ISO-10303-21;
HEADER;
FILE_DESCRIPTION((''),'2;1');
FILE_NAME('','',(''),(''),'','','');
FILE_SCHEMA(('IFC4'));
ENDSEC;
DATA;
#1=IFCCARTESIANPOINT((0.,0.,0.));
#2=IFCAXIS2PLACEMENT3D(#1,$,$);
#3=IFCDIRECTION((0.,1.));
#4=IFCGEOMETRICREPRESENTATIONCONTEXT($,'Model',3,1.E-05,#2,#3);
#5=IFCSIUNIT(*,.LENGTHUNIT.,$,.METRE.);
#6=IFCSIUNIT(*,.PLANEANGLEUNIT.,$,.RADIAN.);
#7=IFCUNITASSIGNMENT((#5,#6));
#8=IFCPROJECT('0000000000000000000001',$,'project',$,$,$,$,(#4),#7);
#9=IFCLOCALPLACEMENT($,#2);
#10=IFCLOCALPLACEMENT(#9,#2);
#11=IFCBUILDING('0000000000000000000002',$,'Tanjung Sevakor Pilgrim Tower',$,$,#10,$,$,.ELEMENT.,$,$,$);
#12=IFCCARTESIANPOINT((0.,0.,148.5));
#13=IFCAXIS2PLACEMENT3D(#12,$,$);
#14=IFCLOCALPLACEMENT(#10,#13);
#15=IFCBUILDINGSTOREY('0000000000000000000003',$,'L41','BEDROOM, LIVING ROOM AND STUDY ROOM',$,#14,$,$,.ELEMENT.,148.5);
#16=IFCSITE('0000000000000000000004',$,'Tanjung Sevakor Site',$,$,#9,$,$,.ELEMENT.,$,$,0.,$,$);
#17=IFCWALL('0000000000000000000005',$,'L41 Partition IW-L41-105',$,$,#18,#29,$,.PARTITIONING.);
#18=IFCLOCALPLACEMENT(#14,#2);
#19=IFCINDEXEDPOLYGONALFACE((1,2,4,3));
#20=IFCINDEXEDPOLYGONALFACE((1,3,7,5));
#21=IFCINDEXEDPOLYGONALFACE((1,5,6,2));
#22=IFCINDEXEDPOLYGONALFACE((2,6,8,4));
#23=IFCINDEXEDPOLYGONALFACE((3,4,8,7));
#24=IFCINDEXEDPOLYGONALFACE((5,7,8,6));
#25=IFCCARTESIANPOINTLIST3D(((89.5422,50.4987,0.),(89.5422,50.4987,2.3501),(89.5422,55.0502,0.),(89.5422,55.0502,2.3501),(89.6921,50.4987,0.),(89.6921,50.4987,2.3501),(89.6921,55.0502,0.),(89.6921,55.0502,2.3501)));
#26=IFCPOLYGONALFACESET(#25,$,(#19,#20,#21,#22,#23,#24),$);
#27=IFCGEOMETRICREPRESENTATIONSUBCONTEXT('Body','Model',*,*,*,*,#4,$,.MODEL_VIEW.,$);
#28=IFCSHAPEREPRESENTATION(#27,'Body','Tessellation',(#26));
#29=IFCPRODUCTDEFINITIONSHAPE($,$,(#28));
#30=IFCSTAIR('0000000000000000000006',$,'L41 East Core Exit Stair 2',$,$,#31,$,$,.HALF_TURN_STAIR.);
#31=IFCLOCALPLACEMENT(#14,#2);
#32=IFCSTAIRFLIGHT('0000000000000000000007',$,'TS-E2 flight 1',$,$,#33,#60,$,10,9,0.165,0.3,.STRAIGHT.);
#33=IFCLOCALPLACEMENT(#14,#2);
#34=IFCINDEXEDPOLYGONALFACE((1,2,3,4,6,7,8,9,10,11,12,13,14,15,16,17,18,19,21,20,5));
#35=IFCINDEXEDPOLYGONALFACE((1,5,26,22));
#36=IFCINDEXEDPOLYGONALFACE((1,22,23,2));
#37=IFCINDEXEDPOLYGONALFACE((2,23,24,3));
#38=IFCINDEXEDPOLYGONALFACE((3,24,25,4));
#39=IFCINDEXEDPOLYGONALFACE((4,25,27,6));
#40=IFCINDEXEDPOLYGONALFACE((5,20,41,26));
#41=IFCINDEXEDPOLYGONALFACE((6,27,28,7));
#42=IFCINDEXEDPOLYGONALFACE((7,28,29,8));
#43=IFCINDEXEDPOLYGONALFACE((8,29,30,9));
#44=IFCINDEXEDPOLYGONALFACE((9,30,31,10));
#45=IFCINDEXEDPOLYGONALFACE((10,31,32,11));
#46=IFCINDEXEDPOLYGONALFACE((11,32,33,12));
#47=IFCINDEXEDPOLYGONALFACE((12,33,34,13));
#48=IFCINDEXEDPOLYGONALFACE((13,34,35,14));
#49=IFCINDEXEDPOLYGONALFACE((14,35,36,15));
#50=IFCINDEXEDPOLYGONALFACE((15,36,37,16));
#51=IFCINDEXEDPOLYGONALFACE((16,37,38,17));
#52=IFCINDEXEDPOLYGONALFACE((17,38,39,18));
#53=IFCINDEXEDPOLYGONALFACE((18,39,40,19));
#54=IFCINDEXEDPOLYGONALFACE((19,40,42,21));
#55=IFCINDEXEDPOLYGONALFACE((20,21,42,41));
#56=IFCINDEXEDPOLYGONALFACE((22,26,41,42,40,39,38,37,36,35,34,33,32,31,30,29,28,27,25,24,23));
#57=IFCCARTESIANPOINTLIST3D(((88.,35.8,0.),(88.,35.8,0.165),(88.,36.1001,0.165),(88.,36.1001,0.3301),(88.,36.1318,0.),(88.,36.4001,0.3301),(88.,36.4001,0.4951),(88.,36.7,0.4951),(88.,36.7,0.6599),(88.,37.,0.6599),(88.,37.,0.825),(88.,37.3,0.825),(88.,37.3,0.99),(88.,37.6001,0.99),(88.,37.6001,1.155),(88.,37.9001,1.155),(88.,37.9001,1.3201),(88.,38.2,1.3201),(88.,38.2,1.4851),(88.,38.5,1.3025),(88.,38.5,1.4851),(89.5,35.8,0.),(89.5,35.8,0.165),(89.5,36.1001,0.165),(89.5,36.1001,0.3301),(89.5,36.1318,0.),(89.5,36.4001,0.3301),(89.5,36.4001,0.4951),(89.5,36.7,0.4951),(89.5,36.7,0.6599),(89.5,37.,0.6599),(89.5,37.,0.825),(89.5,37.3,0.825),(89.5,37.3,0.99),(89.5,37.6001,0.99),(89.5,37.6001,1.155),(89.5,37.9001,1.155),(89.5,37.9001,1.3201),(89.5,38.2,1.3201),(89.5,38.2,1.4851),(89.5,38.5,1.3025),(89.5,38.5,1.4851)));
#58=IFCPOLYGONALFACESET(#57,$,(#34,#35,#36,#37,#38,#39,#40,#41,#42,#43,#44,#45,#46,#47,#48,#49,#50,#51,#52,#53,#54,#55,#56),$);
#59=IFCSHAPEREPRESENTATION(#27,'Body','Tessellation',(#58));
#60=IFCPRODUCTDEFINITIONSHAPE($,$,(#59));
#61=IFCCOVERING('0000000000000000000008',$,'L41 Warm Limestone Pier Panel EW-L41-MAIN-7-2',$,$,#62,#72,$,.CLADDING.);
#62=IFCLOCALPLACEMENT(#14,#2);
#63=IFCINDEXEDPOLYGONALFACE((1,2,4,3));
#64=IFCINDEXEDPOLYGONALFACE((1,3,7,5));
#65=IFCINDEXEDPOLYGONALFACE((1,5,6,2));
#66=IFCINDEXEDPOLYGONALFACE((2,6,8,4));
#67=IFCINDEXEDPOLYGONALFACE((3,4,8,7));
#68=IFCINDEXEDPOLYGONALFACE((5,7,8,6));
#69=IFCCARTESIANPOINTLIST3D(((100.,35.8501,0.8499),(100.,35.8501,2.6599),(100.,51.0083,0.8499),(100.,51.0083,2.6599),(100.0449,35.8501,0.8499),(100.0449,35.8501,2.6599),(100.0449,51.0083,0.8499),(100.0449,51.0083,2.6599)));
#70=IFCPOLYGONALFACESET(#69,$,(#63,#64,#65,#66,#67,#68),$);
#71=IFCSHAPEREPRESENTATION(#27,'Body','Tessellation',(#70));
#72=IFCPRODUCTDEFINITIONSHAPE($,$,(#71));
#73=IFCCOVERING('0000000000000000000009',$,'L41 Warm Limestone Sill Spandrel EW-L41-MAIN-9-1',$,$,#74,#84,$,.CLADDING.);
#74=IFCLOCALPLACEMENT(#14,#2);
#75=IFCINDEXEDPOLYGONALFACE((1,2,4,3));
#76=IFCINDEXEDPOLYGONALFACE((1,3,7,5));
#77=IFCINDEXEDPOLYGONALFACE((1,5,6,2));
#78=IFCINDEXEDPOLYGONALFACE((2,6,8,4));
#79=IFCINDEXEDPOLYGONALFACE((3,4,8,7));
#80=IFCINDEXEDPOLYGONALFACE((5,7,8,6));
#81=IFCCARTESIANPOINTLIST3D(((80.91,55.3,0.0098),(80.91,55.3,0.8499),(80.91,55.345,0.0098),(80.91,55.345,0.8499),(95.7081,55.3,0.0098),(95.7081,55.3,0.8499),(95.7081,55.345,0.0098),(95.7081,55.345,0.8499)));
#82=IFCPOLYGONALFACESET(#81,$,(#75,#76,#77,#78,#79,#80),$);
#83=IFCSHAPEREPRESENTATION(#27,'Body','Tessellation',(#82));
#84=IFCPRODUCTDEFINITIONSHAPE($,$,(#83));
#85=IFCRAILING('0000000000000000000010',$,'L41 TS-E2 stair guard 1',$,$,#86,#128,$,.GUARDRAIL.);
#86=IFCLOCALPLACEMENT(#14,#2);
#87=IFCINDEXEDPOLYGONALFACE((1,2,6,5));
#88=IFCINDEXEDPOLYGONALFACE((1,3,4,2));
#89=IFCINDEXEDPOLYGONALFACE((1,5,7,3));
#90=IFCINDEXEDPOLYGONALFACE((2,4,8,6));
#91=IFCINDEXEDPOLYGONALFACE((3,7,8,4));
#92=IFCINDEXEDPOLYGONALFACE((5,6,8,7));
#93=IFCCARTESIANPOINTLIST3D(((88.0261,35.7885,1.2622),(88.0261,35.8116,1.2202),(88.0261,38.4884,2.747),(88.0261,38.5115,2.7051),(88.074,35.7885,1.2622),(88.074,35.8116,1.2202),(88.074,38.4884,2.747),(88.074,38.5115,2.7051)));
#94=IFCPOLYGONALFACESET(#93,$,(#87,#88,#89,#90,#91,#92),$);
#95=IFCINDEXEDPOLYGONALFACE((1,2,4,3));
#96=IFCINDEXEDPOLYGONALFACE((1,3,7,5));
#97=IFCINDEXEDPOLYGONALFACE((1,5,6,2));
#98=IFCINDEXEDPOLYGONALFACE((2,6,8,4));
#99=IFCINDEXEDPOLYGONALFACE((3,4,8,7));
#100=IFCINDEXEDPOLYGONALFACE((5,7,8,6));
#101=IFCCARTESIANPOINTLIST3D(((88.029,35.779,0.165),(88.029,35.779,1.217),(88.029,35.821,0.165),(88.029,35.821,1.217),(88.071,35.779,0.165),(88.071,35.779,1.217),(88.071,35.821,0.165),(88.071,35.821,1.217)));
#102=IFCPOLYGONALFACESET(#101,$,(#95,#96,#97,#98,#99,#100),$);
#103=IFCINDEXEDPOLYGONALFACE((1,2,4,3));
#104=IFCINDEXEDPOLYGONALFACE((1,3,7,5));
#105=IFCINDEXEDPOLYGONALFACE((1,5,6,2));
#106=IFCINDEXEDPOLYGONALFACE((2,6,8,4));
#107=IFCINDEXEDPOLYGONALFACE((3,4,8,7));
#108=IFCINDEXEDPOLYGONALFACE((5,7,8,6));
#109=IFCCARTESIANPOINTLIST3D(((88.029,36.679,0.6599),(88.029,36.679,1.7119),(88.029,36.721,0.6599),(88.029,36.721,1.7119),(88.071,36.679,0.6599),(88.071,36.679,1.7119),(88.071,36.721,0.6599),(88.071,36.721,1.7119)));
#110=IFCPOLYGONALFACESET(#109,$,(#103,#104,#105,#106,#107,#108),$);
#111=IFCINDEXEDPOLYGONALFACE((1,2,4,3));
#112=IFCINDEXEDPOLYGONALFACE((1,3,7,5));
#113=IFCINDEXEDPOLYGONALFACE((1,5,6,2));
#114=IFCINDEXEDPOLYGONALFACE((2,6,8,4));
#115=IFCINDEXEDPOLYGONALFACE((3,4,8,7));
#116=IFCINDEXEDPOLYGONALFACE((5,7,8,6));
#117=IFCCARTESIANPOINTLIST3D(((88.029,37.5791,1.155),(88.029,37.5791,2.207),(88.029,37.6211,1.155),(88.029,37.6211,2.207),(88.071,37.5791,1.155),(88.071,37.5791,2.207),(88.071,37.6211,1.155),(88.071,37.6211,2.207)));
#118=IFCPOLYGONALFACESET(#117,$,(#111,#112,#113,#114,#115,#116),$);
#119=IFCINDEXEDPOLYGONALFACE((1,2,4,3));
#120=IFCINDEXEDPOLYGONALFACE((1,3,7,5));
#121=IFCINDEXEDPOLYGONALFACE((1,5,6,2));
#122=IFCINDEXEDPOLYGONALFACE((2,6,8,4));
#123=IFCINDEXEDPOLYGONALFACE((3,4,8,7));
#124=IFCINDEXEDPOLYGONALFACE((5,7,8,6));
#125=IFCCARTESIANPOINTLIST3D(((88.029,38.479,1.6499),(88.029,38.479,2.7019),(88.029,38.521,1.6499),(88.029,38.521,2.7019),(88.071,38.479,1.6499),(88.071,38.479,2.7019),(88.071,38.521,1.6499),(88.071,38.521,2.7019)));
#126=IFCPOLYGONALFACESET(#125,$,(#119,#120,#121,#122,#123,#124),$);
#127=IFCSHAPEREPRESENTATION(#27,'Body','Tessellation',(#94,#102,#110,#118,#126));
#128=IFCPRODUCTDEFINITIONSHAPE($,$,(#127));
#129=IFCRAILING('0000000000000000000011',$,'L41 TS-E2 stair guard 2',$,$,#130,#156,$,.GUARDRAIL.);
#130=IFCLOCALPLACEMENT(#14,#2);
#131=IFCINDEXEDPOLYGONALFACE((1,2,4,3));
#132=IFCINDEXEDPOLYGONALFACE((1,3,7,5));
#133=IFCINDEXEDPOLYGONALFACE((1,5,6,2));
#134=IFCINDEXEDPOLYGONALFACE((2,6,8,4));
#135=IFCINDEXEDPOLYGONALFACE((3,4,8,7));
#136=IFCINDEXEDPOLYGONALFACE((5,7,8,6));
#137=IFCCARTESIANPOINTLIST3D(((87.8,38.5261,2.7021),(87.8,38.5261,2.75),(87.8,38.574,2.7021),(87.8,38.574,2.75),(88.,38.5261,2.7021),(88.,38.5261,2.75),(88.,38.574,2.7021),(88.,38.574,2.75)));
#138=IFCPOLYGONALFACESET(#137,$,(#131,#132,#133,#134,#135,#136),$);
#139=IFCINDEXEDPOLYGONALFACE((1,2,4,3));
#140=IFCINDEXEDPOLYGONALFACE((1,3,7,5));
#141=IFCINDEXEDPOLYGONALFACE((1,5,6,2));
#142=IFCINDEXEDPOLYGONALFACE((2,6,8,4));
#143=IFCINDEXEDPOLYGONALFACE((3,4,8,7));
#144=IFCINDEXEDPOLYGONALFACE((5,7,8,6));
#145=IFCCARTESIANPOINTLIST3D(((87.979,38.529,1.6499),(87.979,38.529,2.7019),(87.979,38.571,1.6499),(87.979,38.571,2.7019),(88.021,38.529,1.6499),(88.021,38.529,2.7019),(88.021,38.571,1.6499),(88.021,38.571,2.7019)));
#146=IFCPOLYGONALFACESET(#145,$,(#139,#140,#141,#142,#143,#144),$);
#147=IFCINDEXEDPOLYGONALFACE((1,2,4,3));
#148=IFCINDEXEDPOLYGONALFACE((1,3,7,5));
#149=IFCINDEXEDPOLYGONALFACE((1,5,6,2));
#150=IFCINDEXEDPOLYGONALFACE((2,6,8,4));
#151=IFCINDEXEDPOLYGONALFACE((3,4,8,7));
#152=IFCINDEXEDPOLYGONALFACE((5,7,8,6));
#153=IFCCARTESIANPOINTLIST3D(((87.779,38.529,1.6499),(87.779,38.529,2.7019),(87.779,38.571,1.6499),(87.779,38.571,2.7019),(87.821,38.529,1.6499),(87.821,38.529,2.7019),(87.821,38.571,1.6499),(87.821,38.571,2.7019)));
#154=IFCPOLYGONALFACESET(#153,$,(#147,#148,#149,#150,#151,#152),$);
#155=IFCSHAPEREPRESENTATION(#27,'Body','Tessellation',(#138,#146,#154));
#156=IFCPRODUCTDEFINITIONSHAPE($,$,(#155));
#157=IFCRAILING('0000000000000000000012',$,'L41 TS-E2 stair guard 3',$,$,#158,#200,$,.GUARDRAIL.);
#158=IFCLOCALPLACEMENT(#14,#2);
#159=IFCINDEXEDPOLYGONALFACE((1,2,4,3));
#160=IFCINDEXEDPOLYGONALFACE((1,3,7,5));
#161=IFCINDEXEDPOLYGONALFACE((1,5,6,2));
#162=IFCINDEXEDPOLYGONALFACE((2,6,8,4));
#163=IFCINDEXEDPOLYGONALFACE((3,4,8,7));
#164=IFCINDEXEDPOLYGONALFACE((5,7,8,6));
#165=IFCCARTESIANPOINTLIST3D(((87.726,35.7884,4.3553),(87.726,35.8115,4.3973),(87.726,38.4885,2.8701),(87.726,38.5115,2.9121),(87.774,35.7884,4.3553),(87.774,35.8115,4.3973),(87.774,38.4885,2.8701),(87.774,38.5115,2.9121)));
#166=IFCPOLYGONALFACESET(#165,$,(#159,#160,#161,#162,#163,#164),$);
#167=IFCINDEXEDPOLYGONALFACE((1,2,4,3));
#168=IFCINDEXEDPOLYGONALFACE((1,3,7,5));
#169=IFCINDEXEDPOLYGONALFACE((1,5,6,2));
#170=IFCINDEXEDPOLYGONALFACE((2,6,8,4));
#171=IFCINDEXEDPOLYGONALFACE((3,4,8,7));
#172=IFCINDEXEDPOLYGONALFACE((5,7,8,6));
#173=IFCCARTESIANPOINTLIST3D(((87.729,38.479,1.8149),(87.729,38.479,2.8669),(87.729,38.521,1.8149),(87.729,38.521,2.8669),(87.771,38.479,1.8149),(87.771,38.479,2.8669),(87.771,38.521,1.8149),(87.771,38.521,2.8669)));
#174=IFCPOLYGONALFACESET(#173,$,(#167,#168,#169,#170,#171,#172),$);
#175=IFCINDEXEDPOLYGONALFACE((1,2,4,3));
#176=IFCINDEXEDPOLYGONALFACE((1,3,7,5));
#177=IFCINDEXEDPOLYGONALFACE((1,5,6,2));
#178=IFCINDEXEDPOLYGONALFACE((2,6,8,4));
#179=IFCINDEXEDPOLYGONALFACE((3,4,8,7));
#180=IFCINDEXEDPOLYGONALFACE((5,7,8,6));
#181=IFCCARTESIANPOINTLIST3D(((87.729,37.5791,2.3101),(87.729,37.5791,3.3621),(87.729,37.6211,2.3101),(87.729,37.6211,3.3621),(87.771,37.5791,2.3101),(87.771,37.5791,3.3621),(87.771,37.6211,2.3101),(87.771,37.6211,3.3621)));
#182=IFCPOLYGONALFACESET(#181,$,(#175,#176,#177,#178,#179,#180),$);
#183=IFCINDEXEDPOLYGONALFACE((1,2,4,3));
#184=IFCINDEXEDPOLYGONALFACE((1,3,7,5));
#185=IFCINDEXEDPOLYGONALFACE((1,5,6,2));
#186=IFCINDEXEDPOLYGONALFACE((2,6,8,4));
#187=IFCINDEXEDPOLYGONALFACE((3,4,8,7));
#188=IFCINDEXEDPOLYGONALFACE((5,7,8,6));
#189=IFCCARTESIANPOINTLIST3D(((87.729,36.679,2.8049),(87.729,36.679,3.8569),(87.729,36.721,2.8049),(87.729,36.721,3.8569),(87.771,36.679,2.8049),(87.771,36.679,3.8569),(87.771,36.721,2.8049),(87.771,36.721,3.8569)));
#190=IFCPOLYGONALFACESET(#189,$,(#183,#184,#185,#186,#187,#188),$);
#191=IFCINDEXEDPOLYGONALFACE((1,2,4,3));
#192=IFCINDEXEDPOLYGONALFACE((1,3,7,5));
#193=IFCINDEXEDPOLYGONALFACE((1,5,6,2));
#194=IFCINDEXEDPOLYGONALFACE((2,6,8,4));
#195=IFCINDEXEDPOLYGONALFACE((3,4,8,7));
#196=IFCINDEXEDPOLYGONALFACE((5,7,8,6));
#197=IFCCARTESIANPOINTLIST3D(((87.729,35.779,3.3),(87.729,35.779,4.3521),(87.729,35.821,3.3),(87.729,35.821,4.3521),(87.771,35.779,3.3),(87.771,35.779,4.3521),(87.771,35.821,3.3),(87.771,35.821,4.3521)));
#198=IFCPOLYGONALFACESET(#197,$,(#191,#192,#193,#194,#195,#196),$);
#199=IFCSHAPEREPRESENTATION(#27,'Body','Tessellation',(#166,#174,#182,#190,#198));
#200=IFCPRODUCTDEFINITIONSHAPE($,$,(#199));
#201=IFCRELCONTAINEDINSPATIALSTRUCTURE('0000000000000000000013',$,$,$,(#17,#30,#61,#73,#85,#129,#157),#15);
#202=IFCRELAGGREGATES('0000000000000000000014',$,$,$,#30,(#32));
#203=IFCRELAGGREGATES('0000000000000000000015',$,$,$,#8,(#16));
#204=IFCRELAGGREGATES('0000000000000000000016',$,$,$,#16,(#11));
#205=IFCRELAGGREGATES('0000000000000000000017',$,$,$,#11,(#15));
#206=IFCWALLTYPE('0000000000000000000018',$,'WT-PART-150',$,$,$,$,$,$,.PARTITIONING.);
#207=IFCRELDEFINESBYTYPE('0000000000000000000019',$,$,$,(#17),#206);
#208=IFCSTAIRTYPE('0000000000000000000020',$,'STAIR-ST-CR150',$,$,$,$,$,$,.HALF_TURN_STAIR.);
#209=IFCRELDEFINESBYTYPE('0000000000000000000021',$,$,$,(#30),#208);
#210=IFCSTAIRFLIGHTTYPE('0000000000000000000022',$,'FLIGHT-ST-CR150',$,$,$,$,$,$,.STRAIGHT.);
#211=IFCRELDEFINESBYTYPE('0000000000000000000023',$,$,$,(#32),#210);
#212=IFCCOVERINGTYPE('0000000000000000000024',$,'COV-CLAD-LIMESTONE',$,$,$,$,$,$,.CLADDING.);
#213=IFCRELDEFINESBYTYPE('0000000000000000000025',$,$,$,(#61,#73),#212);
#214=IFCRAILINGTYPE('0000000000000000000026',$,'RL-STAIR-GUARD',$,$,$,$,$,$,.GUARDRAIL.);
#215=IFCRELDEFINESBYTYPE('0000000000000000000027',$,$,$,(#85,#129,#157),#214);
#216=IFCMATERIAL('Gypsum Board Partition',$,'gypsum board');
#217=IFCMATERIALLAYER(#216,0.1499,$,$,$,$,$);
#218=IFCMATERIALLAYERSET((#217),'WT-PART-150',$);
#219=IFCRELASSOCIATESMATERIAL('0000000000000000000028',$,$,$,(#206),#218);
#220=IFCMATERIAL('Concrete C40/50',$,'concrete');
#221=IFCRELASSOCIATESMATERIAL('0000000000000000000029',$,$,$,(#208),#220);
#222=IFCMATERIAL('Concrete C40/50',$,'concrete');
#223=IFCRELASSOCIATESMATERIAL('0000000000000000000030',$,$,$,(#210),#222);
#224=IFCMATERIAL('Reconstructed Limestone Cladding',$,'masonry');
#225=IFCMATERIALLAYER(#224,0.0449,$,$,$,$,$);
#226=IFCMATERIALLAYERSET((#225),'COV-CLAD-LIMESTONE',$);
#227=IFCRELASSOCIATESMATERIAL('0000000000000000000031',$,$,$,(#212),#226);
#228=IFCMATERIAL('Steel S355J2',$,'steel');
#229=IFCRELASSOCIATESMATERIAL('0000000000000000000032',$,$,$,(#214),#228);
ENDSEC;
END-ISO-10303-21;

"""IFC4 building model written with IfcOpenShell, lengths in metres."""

from ifc_helpers import new_model, si_unit, direction, frame, frame_2d, origin, origin_2d, place, context, subcontext, project, spatial, polyline, rectangle, outline, extrude, material, layer, layer_set, type_object, element, aggregate, save


model = new_model("IFC4")

# Units and contexts
model_context = context("Model", 3, precision=1e-05, world=origin(), true_north=direction((0.0, 1.0)))
body_context = subcontext(model_context, "Body", "Model", "MODEL_VIEW")
ifc_project = project(units=[si_unit("LENGTHUNIT", "METRE"), si_unit("PLANEANGLEUNIT", "RADIAN")], contexts=[model_context])

# Site, building, storey
site_placement = place(None, origin())
site = spatial("IfcSite", under=ifc_project, at=site_placement, Name="Tanjung Sevakor Site", CompositionType="ELEMENT", RefElevation=0.0)
building_placement = place(site_placement, origin())
building = spatial("IfcBuilding", under=site, at=building_placement, Name="Tanjung Sevakor Pilgrim Tower", CompositionType="ELEMENT")
storey_placement = place(building_placement, frame((0.0, 0.0, 148.5)))
storey = spatial("IfcBuildingStorey", under=building, at=storey_placement, Name="L41", Description="BEDROOM, LIVING ROOM AND STUDY ROOM", CompositionType="ELEMENT", Elevation=148.5)

# Wall
ifc_material_1 = material(Name="Gypsum Board Partition", Category="gypsum board")
ifc_layer_1 = layer(ifc_material_1, 0.1499)
ifc_layer_set_1 = layer_set([ifc_layer_1], Name="WT-PART-150")
wall_type_1 = type_object("IfcWallType", Name="WT-PART-150", PredefinedType="PARTITIONING", material=ifc_layer_set_1)
wall_1_placement = place(storey_placement, frame((89.6172, 50.4985, 0.0), z_axis=(0.0, 0.0, 1.0), x_axis=(0.0, 1.0, 0.0)))
element("IfcWall", 1, at=wall_1_placement, inside=storey, type_object=wall_type_1, Name="L41 Partition IW-L41-105", PredefinedType="PARTITIONING", context=body_context, shape_type="SweptSolid", body=[
    extrude(rectangle(XDim=4.5515, YDim=0.1499, at=frame_2d((2.2759, 0.0))), origin(), (0.0, 0.0, 1.0), 2.3501),
])

# Stair, stair flight
ifc_material_2 = material(Name="Concrete C40/50", Category="concrete")
stair_type = type_object("IfcStairType", Name="STAIR-ST-CR150", PredefinedType="HALF_TURN_STAIR", material=ifc_material_2)
stair_placement = place(storey_placement, origin())
stair = element("IfcStair", 2, at=stair_placement, inside=storey, type_object=stair_type, Name="L41 East Core Exit Stair 2", PredefinedType="HALF_TURN_STAIR")
ifc_material_3 = material(Name="Concrete C40/50", Category="concrete")
stair_flight_type = type_object("IfcStairFlightType", Name="FLIGHT-ST-CR150", PredefinedType="STRAIGHT", material=ifc_material_3)
stair_flight_placement = place(storey_placement, frame((88.75, 35.8, 0.0), z_axis=(0.0, 0.0, 1.0), x_axis=(0.0, 1.0, 0.0)))
stair_flight = element("IfcStairFlight", 3, at=stair_flight_placement, type_object=stair_flight_type, Name="TS-E2 flight 1", NumberOfRisers=10, NumberOfTreads=9, PredefinedType="STRAIGHT", RiserHeight=0.165, TreadLength=0.3, context=body_context, shape_type="SweptSolid", body=[
    extrude(outline(polyline([(0.0, 0.0), (0.0, 0.165), (0.3, 0.165), (0.3, 0.3301), (0.6001, 0.3301), (0.6001, 0.4951), (0.8999, 0.4951), (0.8999, 0.6599), (1.2, 0.6599), (1.2, 0.825), (1.5, 0.825), (1.5, 0.99), (1.8, 0.99), (1.8, 1.155), (2.1001, 1.155), (2.1001, 1.3201), (2.3999, 1.3201), (2.3999, 1.4851), (2.7, 1.4851), (2.7, 1.6499), (2.7, 1.3025), (0.3318, 0.0), (0.0, 0.0)])), frame((0.0, 0.75, 0.0), z_axis=(0.0, -1.0, 0.0), x_axis=(1.0, 0.0, 0.0)), (0.0, 0.0, 1.0), 1.5),
])
aggregate(stair, [stair_flight])

# Coverings
ifc_material_4 = material(Name="Reconstructed Limestone Cladding", Category="masonry")
ifc_layer_2 = layer(ifc_material_4, 0.0449)
ifc_layer_set_2 = layer_set([ifc_layer_2], Name="COV-CLAD-LIMESTONE")
covering_type = type_object("IfcCoveringType", Name="COV-CLAD-LIMESTONE", PredefinedType="CLADDING", material=ifc_layer_set_2)
covering_1_placement = place(storey_placement, frame((100.0225, 43.4292, 0.8499), z_axis=(0.0, 0.0, 1.0), x_axis=(0.0, 1.0, 0.0)))
element("IfcCovering", 4, at=covering_1_placement, inside=storey, type_object=covering_type, Name="L41 Warm Limestone Pier Panel EW-L41-MAIN-7-2", PredefinedType="CLADDING", context=body_context, shape_type="SweptSolid", body=[
    extrude(rectangle(XDim=15.1582, YDim=0.0449, at=origin_2d()), origin(), (0.0, 0.0, 1.0), 1.8101),
])
covering_2_placement = place(storey_placement, frame((88.3091, 55.3225, 0.0098), z_axis=(0.0, 0.0, 1.0), x_axis=(-1.0, 0.0, 0.0)))
element("IfcCovering", 5, at=covering_2_placement, inside=storey, type_object=covering_type, Name="L41 Warm Limestone Sill Spandrel EW-L41-MAIN-9-1", PredefinedType="CLADDING", context=body_context, shape_type="SweptSolid", body=[
    extrude(rectangle(XDim=14.7981, YDim=0.0449, at=origin_2d()), origin(), (0.0, 0.0, 1.0), 0.8401),
])

# Railings
ifc_material_5 = material(Name="Steel S355J2", Category="steel")
railing_type_1 = type_object("IfcRailingType", Name="RL-STAIR-GUARD", PredefinedType="GUARDRAIL", material=ifc_material_5)
railing_1_placement = place(storey_placement, frame((88.05, 35.8, 0.165)))
element("IfcRailing", 6, at=railing_1_placement, inside=storey, type_object=railing_type_1, Name="L41 TS-E2 stair guard 1", PredefinedType="GUARDRAIL", context=body_context, shape_type="SweptSolid", body=[
    extrude(rectangle(XDim=0.0479, YDim=0.0479), frame((0.0, 0.0, 1.0762), z_axis=(0.0, 0.876231, 0.481891), x_axis=(-1.0, 0.0, 0.0)), (0.0, 0.0, 1.0), 3.0813),
    extrude(rectangle(XDim=0.042, YDim=0.042), origin(), (0.0, 0.0, 1.0), 1.052),
    extrude(rectangle(XDim=0.042, YDim=0.042), frame((0.0, 0.8999, 0.4949)), (0.0, 0.0, 1.0), 1.052),
    extrude(rectangle(XDim=0.042, YDim=0.042), frame((0.0, 1.8, 0.99)), (0.0, 0.0, 1.0), 1.052),
    extrude(rectangle(XDim=0.042, YDim=0.042), frame((0.0, 2.7, 1.4849)), (0.0, 0.0, 1.0), 1.052),
])
railing_2_placement = place(storey_placement, frame((88.0, 38.55, 1.6499)))
element("IfcRailing", 7, at=railing_2_placement, inside=storey, type_object=railing_type_1, Name="L41 TS-E2 stair guard 2", PredefinedType="GUARDRAIL", context=body_context, shape_type="SweptSolid", body=[
    extrude(rectangle(XDim=0.0479, YDim=0.0479), frame((0.0, 0.0, 1.0762), z_axis=(-1.0, 0.0, 0.0), x_axis=(0.0, -1.0, 0.0)), (0.0, 0.0, 1.0), 0.2),
    extrude(rectangle(XDim=0.042, YDim=0.042), origin(), (0.0, 0.0, 1.0), 1.052),
    extrude(rectangle(XDim=0.042, YDim=0.042), frame((-0.2, 0.0, 0.0)), (0.0, 0.0, 1.0), 1.052),
])
railing_3_placement = place(storey_placement, frame((87.75, 38.5, 1.8149)))
element("IfcRailing", 8, at=railing_3_placement, inside=storey, type_object=railing_type_1, Name="L41 TS-E2 stair guard 3", PredefinedType="GUARDRAIL", context=body_context, shape_type="SweptSolid", body=[
    extrude(rectangle(XDim=0.0479, YDim=0.0479), frame((0.0, 0.0, 1.0762), z_axis=(0.0, -0.876198, 0.481952), x_axis=(1.0, 0.0, 0.0)), (0.0, 0.0, 1.0), 3.0815),
    extrude(rectangle(XDim=0.042, YDim=0.042), origin(), (0.0, 0.0, 1.0), 1.052),
    extrude(rectangle(XDim=0.042, YDim=0.042), frame((0.0, -0.8999, 0.4951)), (0.0, 0.0, 1.0), 1.052),
    extrude(rectangle(XDim=0.042, YDim=0.042), frame((0.0, -1.8, 0.99)), (0.0, 0.0, 1.0), 1.052),
    extrude(rectangle(XDim=0.042, YDim=0.042), frame((0.0, -2.7, 1.4851)), (0.0, 0.0, 1.0), 1.052),
])

save(model, "model.ifc")
